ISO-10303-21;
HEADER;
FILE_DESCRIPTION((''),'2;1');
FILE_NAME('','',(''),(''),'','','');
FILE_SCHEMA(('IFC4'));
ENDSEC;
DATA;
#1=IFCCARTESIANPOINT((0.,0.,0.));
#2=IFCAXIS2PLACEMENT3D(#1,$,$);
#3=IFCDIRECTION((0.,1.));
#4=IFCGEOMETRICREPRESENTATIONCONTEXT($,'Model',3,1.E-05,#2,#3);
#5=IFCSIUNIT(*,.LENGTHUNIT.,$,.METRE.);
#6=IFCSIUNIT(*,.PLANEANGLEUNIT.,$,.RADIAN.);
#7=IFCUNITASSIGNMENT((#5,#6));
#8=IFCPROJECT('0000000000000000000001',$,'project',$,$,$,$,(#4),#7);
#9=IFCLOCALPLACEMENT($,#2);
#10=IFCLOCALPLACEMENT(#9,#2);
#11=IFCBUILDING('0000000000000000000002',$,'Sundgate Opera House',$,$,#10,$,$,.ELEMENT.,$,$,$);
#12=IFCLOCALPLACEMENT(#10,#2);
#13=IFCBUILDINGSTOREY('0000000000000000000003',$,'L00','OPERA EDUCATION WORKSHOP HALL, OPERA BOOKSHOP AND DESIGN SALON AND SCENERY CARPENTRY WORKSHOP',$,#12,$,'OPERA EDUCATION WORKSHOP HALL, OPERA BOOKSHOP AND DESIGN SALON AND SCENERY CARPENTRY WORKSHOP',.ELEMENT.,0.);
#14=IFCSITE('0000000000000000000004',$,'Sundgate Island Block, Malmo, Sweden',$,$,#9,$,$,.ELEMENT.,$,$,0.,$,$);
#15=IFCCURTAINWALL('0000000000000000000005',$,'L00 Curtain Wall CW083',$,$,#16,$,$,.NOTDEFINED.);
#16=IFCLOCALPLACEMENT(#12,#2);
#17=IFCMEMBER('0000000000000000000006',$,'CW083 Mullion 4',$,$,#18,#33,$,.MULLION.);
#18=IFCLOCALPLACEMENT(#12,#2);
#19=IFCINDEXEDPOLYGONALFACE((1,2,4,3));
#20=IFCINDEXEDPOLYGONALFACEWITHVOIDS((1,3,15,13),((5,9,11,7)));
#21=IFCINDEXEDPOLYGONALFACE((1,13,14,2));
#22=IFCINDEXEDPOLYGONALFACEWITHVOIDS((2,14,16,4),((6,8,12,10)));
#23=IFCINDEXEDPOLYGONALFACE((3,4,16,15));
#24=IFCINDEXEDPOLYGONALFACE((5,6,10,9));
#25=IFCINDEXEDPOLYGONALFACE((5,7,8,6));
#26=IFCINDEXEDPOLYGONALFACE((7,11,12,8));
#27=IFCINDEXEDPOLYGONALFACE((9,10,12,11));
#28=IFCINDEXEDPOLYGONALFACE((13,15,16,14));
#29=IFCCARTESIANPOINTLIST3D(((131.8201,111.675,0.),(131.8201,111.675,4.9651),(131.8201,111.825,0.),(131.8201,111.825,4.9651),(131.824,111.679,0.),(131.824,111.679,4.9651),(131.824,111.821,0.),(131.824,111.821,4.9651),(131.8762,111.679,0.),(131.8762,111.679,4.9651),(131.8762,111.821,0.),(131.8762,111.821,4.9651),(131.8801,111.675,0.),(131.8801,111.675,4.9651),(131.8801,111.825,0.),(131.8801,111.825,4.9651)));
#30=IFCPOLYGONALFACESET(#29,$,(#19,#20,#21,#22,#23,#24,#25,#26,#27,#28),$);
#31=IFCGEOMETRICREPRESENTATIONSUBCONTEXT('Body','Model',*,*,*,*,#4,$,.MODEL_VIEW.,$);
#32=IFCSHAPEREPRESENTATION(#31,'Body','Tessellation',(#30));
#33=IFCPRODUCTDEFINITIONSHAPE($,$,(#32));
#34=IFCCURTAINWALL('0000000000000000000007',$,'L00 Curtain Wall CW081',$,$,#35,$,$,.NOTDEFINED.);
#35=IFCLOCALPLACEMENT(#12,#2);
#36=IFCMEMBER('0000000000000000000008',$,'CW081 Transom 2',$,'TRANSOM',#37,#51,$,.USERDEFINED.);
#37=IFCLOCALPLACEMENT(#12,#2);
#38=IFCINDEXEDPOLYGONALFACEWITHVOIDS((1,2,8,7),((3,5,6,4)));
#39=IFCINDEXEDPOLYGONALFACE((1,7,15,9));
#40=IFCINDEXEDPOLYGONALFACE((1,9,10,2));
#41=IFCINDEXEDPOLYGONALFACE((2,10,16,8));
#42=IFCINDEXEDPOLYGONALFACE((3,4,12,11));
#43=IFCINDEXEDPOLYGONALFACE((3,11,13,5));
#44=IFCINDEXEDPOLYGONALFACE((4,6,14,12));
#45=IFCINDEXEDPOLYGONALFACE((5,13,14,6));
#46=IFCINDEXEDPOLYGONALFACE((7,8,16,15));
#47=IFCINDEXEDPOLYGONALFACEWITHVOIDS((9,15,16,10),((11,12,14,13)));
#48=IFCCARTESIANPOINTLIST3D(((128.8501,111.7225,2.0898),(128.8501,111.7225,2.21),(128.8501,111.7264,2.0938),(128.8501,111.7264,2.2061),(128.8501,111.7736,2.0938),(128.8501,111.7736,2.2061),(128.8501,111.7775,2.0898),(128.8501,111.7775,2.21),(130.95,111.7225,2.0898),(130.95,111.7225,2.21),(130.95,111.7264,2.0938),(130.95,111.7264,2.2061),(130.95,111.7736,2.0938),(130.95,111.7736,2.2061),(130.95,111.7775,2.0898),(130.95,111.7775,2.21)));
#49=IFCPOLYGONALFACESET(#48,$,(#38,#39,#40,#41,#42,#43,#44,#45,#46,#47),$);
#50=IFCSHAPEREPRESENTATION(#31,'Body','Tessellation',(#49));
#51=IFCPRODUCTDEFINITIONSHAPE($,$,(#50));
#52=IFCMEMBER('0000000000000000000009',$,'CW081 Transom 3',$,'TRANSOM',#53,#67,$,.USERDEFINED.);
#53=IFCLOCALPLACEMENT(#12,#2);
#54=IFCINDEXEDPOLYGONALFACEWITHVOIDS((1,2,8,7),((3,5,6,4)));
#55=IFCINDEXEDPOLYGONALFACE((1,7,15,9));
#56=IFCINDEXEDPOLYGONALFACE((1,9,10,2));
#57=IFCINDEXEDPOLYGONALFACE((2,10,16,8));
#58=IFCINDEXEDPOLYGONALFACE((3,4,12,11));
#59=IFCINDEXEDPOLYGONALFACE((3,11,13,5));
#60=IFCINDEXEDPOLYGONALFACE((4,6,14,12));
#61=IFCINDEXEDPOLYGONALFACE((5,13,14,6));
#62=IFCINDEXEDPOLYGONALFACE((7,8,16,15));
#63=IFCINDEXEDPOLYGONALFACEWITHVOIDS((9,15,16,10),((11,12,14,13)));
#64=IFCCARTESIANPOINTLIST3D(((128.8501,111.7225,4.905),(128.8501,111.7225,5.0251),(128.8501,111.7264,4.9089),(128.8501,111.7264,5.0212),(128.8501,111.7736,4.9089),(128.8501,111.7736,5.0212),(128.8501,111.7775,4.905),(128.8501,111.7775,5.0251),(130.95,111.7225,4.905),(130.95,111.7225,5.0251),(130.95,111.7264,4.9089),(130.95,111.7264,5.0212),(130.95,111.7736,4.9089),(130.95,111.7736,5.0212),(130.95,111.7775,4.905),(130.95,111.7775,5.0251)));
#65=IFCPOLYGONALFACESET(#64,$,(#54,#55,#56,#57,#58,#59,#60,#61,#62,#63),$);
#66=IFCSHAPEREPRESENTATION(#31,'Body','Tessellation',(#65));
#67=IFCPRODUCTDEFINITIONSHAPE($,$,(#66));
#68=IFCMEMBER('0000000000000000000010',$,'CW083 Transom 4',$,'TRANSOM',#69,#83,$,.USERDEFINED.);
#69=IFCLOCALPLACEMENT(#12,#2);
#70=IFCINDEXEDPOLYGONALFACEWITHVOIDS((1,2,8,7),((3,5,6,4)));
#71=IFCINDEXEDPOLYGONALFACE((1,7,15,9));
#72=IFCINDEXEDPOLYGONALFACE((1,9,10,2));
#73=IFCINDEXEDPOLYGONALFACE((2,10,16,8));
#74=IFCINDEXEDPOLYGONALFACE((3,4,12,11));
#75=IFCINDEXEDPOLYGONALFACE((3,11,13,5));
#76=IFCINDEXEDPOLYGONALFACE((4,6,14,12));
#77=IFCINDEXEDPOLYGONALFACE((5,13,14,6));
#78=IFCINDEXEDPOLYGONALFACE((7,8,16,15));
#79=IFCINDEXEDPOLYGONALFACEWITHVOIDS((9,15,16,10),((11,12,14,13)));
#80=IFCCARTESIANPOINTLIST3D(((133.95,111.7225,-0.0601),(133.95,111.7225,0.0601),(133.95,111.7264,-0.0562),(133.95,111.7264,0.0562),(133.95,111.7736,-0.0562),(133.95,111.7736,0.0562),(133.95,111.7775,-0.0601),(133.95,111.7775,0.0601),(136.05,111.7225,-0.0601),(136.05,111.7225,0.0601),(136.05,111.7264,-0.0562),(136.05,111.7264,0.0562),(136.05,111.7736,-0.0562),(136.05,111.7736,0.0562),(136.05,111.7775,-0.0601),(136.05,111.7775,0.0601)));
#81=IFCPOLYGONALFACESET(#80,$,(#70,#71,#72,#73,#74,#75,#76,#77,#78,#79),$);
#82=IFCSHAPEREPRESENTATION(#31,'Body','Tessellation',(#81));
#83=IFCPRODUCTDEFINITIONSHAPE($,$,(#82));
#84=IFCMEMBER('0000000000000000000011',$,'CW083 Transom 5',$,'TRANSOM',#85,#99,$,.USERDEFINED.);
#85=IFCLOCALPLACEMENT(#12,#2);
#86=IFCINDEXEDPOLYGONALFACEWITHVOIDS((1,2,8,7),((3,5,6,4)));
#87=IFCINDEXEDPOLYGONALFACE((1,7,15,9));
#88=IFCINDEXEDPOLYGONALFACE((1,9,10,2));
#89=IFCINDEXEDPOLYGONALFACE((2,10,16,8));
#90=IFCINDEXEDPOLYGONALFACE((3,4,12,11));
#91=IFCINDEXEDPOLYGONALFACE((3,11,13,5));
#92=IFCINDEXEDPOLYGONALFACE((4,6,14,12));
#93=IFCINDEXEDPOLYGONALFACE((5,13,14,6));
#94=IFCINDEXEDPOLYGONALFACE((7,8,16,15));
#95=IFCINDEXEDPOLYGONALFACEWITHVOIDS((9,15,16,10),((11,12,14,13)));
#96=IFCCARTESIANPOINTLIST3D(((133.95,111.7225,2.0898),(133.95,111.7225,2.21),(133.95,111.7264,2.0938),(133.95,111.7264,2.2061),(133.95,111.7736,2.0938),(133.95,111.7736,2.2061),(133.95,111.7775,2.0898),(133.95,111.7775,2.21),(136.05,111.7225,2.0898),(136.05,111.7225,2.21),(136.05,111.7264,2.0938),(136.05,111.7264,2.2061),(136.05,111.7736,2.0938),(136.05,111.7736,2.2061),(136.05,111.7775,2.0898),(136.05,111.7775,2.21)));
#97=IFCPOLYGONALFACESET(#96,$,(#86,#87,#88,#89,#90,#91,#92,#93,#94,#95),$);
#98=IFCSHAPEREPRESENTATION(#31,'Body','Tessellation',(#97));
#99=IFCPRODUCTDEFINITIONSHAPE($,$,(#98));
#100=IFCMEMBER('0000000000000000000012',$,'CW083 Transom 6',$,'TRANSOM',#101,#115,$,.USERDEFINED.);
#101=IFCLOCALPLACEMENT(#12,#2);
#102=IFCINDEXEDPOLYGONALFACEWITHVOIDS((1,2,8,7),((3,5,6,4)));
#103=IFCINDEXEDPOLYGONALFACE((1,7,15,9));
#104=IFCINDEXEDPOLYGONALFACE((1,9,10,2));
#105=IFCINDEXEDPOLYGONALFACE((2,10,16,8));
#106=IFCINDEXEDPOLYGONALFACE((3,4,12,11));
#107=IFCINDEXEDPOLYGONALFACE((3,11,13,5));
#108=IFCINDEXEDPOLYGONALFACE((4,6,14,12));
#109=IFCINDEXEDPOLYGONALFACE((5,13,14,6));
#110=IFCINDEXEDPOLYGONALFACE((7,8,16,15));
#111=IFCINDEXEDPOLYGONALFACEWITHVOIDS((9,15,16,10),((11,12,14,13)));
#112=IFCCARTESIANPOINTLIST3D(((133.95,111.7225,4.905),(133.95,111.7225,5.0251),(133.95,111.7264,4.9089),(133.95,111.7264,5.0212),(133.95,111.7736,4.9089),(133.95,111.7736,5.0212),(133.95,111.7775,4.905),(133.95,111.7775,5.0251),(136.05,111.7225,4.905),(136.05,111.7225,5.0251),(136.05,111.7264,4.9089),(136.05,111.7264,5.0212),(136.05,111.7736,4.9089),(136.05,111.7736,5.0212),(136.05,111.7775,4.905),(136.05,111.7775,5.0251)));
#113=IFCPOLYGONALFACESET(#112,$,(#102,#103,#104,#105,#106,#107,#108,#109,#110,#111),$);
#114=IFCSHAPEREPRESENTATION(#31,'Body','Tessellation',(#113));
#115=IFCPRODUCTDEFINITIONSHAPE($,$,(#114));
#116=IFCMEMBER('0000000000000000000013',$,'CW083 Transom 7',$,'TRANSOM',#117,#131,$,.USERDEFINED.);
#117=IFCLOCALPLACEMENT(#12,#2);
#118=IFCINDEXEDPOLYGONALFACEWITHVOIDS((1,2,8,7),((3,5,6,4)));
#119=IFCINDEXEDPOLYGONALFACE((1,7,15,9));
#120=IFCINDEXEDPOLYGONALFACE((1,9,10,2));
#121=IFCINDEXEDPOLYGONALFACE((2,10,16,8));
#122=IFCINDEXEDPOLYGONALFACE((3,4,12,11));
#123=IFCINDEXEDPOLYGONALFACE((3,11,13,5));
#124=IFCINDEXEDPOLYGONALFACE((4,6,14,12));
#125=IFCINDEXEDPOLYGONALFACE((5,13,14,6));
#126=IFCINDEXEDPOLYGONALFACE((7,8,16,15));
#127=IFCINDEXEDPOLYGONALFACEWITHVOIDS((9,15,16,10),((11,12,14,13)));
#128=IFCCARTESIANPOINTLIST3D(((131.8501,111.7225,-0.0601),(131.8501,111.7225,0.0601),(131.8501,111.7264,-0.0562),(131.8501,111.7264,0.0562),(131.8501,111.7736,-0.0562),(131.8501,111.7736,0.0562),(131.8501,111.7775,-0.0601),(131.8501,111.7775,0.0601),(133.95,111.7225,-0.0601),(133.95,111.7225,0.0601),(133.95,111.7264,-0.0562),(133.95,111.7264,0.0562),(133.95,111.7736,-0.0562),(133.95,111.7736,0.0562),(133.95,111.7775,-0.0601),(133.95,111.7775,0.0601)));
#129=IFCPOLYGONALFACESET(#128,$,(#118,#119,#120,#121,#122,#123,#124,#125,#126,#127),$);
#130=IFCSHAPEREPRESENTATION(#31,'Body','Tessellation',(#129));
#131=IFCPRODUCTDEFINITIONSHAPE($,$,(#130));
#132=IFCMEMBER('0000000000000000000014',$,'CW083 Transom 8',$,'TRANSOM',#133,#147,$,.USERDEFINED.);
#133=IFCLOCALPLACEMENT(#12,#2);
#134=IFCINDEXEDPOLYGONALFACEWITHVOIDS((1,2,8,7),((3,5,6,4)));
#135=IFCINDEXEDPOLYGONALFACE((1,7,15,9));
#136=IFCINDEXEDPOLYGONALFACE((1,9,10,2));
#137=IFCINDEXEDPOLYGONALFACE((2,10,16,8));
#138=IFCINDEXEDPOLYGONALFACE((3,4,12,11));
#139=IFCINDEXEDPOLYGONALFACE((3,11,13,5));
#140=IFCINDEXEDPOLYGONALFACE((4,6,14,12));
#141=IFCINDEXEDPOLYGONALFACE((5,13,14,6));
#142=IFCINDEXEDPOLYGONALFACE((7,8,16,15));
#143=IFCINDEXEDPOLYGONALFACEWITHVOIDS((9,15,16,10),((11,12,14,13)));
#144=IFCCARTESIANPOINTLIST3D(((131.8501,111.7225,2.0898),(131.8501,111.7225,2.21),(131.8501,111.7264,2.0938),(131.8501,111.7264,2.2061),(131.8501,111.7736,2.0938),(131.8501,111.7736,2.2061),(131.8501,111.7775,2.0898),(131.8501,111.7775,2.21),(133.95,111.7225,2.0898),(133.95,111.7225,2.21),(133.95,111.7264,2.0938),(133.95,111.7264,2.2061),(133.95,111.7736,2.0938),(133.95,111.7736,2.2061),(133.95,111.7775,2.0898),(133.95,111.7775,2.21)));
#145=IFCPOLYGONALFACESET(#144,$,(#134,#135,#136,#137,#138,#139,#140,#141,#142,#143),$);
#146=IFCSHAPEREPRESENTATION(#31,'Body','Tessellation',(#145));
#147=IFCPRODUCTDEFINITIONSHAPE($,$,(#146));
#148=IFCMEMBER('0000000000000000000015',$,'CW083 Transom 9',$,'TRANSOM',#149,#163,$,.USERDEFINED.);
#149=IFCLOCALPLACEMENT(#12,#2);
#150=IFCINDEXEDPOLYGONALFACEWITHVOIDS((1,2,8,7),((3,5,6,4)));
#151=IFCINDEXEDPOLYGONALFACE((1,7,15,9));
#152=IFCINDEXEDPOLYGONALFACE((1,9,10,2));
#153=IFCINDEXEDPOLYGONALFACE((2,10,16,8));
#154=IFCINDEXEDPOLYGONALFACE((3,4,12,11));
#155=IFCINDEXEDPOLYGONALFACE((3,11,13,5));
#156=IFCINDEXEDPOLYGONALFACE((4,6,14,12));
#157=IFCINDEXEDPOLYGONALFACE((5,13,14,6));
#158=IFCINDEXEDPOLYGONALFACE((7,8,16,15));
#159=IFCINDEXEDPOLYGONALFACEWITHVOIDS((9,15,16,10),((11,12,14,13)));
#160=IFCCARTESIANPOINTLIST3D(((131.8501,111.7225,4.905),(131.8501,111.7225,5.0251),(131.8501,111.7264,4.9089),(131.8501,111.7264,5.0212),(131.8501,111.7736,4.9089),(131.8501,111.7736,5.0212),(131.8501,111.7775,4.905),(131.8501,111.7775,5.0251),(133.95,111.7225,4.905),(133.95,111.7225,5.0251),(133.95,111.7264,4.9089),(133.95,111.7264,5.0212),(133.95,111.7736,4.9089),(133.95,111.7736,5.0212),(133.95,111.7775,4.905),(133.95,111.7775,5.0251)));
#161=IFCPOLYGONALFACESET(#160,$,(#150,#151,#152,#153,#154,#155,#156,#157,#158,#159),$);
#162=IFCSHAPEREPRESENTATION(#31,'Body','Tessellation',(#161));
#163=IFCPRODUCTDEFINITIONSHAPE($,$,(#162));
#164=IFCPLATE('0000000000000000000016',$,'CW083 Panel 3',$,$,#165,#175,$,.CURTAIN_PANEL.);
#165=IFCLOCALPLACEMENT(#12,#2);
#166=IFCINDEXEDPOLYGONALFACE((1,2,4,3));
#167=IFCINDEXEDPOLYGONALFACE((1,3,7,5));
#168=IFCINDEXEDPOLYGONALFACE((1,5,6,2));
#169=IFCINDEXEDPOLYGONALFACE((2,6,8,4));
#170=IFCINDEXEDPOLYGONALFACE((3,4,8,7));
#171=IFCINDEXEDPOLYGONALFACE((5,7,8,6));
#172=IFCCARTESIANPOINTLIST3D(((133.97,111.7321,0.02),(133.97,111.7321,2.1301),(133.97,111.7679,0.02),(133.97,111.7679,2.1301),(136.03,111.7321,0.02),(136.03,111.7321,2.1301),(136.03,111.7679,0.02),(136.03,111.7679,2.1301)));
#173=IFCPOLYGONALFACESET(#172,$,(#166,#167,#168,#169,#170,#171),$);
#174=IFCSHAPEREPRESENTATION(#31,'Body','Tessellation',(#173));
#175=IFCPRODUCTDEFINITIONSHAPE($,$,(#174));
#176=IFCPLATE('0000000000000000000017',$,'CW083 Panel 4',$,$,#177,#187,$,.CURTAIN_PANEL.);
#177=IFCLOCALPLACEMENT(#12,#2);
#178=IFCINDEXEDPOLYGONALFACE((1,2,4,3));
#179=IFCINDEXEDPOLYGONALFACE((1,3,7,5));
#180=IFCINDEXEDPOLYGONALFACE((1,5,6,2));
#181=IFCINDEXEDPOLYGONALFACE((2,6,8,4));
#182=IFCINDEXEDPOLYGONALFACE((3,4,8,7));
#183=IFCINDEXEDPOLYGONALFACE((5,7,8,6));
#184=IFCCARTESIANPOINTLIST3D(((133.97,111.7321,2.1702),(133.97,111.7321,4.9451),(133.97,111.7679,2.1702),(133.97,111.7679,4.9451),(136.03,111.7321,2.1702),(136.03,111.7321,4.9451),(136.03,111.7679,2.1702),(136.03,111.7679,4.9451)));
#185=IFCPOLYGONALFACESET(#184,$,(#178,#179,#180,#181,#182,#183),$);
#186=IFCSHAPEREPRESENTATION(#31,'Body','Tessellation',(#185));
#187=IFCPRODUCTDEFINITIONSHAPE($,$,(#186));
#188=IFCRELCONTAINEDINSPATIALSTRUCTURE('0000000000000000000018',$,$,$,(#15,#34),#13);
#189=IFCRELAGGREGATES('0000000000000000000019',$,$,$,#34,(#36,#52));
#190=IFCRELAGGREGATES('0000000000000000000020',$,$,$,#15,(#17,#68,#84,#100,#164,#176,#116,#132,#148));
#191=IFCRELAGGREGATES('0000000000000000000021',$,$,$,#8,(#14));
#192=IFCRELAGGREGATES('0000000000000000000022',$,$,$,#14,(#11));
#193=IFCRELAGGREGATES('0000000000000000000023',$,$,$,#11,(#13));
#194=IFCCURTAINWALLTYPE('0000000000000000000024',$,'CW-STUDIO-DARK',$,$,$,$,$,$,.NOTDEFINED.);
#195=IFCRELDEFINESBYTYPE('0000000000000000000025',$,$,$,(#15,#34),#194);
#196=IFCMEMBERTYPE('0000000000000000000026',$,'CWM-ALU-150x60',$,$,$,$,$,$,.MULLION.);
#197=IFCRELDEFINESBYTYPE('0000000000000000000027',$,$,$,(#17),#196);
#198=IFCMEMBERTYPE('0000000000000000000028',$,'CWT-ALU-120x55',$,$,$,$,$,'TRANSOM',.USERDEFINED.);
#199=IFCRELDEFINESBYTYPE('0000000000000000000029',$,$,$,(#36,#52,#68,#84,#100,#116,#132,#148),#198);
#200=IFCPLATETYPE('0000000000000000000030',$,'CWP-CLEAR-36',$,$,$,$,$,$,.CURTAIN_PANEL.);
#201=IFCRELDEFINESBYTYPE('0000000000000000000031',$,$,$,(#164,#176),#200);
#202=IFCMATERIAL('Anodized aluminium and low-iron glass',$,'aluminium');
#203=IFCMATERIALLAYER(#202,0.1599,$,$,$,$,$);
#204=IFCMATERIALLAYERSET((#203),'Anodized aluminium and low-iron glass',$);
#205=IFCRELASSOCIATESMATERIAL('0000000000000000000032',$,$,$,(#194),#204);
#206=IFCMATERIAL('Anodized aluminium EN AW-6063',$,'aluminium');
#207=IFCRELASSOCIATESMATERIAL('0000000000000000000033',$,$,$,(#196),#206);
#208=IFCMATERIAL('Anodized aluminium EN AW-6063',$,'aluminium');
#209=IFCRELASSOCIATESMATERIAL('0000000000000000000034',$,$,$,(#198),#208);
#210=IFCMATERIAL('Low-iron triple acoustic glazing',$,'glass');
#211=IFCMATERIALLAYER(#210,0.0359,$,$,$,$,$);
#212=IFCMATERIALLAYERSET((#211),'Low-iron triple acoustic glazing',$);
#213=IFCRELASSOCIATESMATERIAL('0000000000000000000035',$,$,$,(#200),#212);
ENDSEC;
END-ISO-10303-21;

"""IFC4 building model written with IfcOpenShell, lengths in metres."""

from ifc_helpers import new_model, si_unit, direction, frame, origin, origin_2d, place, context, subcontext, project, spatial, rectangle, hollow_rectangle, extrude, material, layer, layer_set, material_profile, profile_set, type_object, element, aggregate, save


model = new_model("IFC4")

# Units and contexts
model_context = context("Model", 3, precision=1e-05, world=origin(), true_north=direction((0.0, 1.0)))
body_context = subcontext(model_context, "Body", "Model", "MODEL_VIEW")
ifc_project = project(units=[si_unit("LENGTHUNIT", "METRE"), si_unit("PLANEANGLEUNIT", "RADIAN")], contexts=[model_context])

# Site, building, storey
site_placement = place(None, origin())
site = spatial("IfcSite", under=ifc_project, at=site_placement, Name="Sundgate Island Block, Malmo, Sweden", CompositionType="ELEMENT", RefElevation=0.0)
building_placement = place(site_placement, origin())
building = spatial("IfcBuilding", under=site, at=building_placement, Name="Sundgate Opera House", CompositionType="ELEMENT")
storey_placement = place(building_placement, origin())
storey = spatial("IfcBuildingStorey", under=building, at=storey_placement, Name="L00", Description="OPERA EDUCATION WORKSHOP HALL, OPERA BOOKSHOP AND DESIGN SALON AND SCENERY CARPENTRY WORKSHOP", LongName="OPERA EDUCATION WORKSHOP HALL, OPERA BOOKSHOP AND DESIGN SALON AND SCENERY CARPENTRY WORKSHOP", CompositionType="ELEMENT", Elevation=0.0)

# Curtain walls, members
ifc_material_1 = material(Name="Anodized aluminium and low-iron glass", Category="aluminium")
ifc_layer_1 = layer(ifc_material_1, 0.1599)
ifc_layer_set_1 = layer_set([ifc_layer_1], Name="Anodized aluminium and low-iron glass")
curtain_wall_type = type_object("IfcCurtainWallType", Name="CW-STUDIO-DARK", PredefinedType="NOTDEFINED", material=ifc_layer_set_1)
curtain_wall_1_placement = place(storey_placement, origin())
curtain_wall_1 = element("IfcCurtainWall", 1, at=curtain_wall_1_placement, inside=storey, type_object=curtain_wall_type, Name="L00 Curtain Wall CW083", PredefinedType="NOTDEFINED")
ifc_material_2 = material(Name="Anodized aluminium EN AW-6063", Category="aluminium")
ifc_material_profile_1 = material_profile(ifc_material_2, hollow_rectangle(XDim=0.0601, YDim=0.1499, WallThickness=0.0039, at=origin_2d()), Name="CWM 150x60x4")
ifc_profile_set_1 = profile_set([ifc_material_profile_1], Name="Anodized aluminium EN AW-6063")
member_type_1 = type_object("IfcMemberType", Name="CWM-ALU-150x60", PredefinedType="MULLION", material=ifc_profile_set_1)
member_1_placement = place(storey_placement, frame((131.8501, 111.75, 0.0), z_axis=(0.0, 0.0, 1.0), x_axis=(1.0, 0.0, 0.0)))
member_1 = element("IfcMember", 2, at=member_1_placement, type_object=member_type_1, Name="CW083 Mullion 4", PredefinedType="MULLION", context=body_context, shape_type="SweptSolid", body=[
    extrude(hollow_rectangle(XDim=0.0601, YDim=0.1499, WallThickness=0.0039, at=origin_2d()), origin(), (0.0, 0.0, 1.0), 4.9651),
])
curtain_wall_2_placement = place(storey_placement, origin())
curtain_wall_2 = element("IfcCurtainWall", 3, at=curtain_wall_2_placement, inside=storey, type_object=curtain_wall_type, Name="L00 Curtain Wall CW081", PredefinedType="NOTDEFINED")
ifc_material_3 = material(Name="Anodized aluminium EN AW-6063", Category="aluminium")
ifc_material_profile_2 = material_profile(ifc_material_3, hollow_rectangle(XDim=0.0549, YDim=0.1201, WallThickness=0.0039, at=origin_2d()), Name="CWT 120x55x4")
ifc_profile_set_2 = profile_set([ifc_material_profile_2], Name="Anodized aluminium EN AW-6063")
member_type_2 = type_object("IfcMemberType", Name="CWT-ALU-120x55", ElementType="TRANSOM", PredefinedType="USERDEFINED", material=ifc_profile_set_2)
member_2_placement = place(storey_placement, frame((130.95, 111.75, 2.1499), z_axis=(-1.0, 0.0, 0.0), x_axis=(0.0, -1.0, 0.0)))
member_2 = element("IfcMember", 4, at=member_2_placement, type_object=member_type_2, Name="CW081 Transom 2", ObjectType="TRANSOM", PredefinedType="USERDEFINED", context=body_context, shape_type="SweptSolid", body=[
    extrude(hollow_rectangle(XDim=0.0549, YDim=0.1201, WallThickness=0.0039, at=origin_2d()), origin(), (0.0, 0.0, 1.0), 2.0999),
])
member_3_placement = place(storey_placement, frame((130.95, 111.75, 4.9651), z_axis=(-1.0, 0.0, 0.0), x_axis=(0.0, -1.0, 0.0)))
member_3 = element("IfcMember", 5, at=member_3_placement, type_object=member_type_2, Name="CW081 Transom 3", ObjectType="TRANSOM", PredefinedType="USERDEFINED", context=body_context, shape_type="SweptSolid", body=[
    extrude(hollow_rectangle(XDim=0.0549, YDim=0.1201, WallThickness=0.0039, at=origin_2d()), origin(), (0.0, 0.0, 1.0), 2.0999),
])
aggregate(curtain_wall_2, [member_2, member_3])

# Members
member_4_placement = place(storey_placement, frame((136.05, 111.75, 0.0), z_axis=(-1.0, 0.0, 0.0), x_axis=(0.0, -1.0, 0.0)))
member_4 = element("IfcMember", 6, at=member_4_placement, type_object=member_type_2, Name="CW083 Transom 4", ObjectType="TRANSOM", PredefinedType="USERDEFINED", context=body_context, shape_type="SweptSolid", body=[
    extrude(hollow_rectangle(XDim=0.0549, YDim=0.1201, WallThickness=0.0039, at=origin_2d()), origin(), (0.0, 0.0, 1.0), 2.1001),
])
member_5_placement = place(storey_placement, frame((136.05, 111.75, 2.1499), z_axis=(-1.0, 0.0, 0.0), x_axis=(0.0, -1.0, 0.0)))
member_5 = element("IfcMember", 7, at=member_5_placement, type_object=member_type_2, Name="CW083 Transom 5", ObjectType="TRANSOM", PredefinedType="USERDEFINED", context=body_context, shape_type="SweptSolid", body=[
    extrude(hollow_rectangle(XDim=0.0549, YDim=0.1201, WallThickness=0.0039, at=origin_2d()), origin(), (0.0, 0.0, 1.0), 2.1001),
])
member_6_placement = place(storey_placement, frame((136.05, 111.75, 4.9651), z_axis=(-1.0, 0.0, 0.0), x_axis=(0.0, -1.0, 0.0)))
member_6 = element("IfcMember", 8, at=member_6_placement, type_object=member_type_2, Name="CW083 Transom 6", ObjectType="TRANSOM", PredefinedType="USERDEFINED", context=body_context, shape_type="SweptSolid", body=[
    extrude(hollow_rectangle(XDim=0.0549, YDim=0.1201, WallThickness=0.0039, at=origin_2d()), origin(), (0.0, 0.0, 1.0), 2.1001),
])
member_7_placement = place(storey_placement, frame((133.95, 111.75, 0.0), z_axis=(-1.0, 0.0, 0.0), x_axis=(0.0, -1.0, 0.0)))
member_7 = element("IfcMember", 9, at=member_7_placement, type_object=member_type_2, Name="CW083 Transom 7", ObjectType="TRANSOM", PredefinedType="USERDEFINED", context=body_context, shape_type="SweptSolid", body=[
    extrude(hollow_rectangle(XDim=0.0549, YDim=0.1201, WallThickness=0.0039, at=origin_2d()), origin(), (0.0, 0.0, 1.0), 2.0999),
])
member_8_placement = place(storey_placement, frame((133.95, 111.75, 2.1499), z_axis=(-1.0, 0.0, 0.0), x_axis=(0.0, -1.0, 0.0)))
member_8 = element("IfcMember", 10, at=member_8_placement, type_object=member_type_2, Name="CW083 Transom 8", ObjectType="TRANSOM", PredefinedType="USERDEFINED", context=body_context, shape_type="SweptSolid", body=[
    extrude(hollow_rectangle(XDim=0.0549, YDim=0.1201, WallThickness=0.0039, at=origin_2d()), origin(), (0.0, 0.0, 1.0), 2.0999),
])
member_9_placement = place(storey_placement, frame((133.95, 111.75, 4.9651), z_axis=(-1.0, 0.0, 0.0), x_axis=(0.0, -1.0, 0.0)))
member_9 = element("IfcMember", 11, at=member_9_placement, type_object=member_type_2, Name="CW083 Transom 9", ObjectType="TRANSOM", PredefinedType="USERDEFINED", context=body_context, shape_type="SweptSolid", body=[
    extrude(hollow_rectangle(XDim=0.0549, YDim=0.1201, WallThickness=0.0039, at=origin_2d()), origin(), (0.0, 0.0, 1.0), 2.0999),
])

# Plates
ifc_material_4 = material(Name="Low-iron triple acoustic glazing", Category="glass")
ifc_layer_2 = layer(ifc_material_4, 0.0359)
ifc_layer_set_2 = layer_set([ifc_layer_2], Name="Low-iron triple acoustic glazing")
plate_type = type_object("IfcPlateType", Name="CWP-CLEAR-36", PredefinedType="CURTAIN_PANEL", material=ifc_layer_set_2)
plate_1_placement = place(storey_placement, frame((135.0, 111.75, 0.02), z_axis=(0.0, 0.0, 1.0), x_axis=(-1.0, 0.0, 0.0)))
plate_1 = element("IfcPlate", 12, at=plate_1_placement, type_object=plate_type, Name="CW083 Panel 3", PredefinedType="CURTAIN_PANEL", context=body_context, shape_type="SweptSolid", body=[
    extrude(rectangle(XDim=2.0601, YDim=0.0359, at=origin_2d()), origin(), (0.0, 0.0, 1.0), 2.1101),
])
plate_2_placement = place(storey_placement, frame((135.0, 111.75, 2.1702), z_axis=(0.0, 0.0, 1.0), x_axis=(-1.0, 0.0, 0.0)))
plate_2 = element("IfcPlate", 13, at=plate_2_placement, type_object=plate_type, Name="CW083 Panel 4", PredefinedType="CURTAIN_PANEL", context=body_context, shape_type="SweptSolid", body=[
    extrude(rectangle(XDim=2.0601, YDim=0.0359, at=origin_2d()), origin(), (0.0, 0.0, 1.0), 2.7749),
])
aggregate(curtain_wall_1, [member_1, member_4, member_5, member_6, plate_1, plate_2, member_7, member_8, member_9])

save(model, "model.ifc")
